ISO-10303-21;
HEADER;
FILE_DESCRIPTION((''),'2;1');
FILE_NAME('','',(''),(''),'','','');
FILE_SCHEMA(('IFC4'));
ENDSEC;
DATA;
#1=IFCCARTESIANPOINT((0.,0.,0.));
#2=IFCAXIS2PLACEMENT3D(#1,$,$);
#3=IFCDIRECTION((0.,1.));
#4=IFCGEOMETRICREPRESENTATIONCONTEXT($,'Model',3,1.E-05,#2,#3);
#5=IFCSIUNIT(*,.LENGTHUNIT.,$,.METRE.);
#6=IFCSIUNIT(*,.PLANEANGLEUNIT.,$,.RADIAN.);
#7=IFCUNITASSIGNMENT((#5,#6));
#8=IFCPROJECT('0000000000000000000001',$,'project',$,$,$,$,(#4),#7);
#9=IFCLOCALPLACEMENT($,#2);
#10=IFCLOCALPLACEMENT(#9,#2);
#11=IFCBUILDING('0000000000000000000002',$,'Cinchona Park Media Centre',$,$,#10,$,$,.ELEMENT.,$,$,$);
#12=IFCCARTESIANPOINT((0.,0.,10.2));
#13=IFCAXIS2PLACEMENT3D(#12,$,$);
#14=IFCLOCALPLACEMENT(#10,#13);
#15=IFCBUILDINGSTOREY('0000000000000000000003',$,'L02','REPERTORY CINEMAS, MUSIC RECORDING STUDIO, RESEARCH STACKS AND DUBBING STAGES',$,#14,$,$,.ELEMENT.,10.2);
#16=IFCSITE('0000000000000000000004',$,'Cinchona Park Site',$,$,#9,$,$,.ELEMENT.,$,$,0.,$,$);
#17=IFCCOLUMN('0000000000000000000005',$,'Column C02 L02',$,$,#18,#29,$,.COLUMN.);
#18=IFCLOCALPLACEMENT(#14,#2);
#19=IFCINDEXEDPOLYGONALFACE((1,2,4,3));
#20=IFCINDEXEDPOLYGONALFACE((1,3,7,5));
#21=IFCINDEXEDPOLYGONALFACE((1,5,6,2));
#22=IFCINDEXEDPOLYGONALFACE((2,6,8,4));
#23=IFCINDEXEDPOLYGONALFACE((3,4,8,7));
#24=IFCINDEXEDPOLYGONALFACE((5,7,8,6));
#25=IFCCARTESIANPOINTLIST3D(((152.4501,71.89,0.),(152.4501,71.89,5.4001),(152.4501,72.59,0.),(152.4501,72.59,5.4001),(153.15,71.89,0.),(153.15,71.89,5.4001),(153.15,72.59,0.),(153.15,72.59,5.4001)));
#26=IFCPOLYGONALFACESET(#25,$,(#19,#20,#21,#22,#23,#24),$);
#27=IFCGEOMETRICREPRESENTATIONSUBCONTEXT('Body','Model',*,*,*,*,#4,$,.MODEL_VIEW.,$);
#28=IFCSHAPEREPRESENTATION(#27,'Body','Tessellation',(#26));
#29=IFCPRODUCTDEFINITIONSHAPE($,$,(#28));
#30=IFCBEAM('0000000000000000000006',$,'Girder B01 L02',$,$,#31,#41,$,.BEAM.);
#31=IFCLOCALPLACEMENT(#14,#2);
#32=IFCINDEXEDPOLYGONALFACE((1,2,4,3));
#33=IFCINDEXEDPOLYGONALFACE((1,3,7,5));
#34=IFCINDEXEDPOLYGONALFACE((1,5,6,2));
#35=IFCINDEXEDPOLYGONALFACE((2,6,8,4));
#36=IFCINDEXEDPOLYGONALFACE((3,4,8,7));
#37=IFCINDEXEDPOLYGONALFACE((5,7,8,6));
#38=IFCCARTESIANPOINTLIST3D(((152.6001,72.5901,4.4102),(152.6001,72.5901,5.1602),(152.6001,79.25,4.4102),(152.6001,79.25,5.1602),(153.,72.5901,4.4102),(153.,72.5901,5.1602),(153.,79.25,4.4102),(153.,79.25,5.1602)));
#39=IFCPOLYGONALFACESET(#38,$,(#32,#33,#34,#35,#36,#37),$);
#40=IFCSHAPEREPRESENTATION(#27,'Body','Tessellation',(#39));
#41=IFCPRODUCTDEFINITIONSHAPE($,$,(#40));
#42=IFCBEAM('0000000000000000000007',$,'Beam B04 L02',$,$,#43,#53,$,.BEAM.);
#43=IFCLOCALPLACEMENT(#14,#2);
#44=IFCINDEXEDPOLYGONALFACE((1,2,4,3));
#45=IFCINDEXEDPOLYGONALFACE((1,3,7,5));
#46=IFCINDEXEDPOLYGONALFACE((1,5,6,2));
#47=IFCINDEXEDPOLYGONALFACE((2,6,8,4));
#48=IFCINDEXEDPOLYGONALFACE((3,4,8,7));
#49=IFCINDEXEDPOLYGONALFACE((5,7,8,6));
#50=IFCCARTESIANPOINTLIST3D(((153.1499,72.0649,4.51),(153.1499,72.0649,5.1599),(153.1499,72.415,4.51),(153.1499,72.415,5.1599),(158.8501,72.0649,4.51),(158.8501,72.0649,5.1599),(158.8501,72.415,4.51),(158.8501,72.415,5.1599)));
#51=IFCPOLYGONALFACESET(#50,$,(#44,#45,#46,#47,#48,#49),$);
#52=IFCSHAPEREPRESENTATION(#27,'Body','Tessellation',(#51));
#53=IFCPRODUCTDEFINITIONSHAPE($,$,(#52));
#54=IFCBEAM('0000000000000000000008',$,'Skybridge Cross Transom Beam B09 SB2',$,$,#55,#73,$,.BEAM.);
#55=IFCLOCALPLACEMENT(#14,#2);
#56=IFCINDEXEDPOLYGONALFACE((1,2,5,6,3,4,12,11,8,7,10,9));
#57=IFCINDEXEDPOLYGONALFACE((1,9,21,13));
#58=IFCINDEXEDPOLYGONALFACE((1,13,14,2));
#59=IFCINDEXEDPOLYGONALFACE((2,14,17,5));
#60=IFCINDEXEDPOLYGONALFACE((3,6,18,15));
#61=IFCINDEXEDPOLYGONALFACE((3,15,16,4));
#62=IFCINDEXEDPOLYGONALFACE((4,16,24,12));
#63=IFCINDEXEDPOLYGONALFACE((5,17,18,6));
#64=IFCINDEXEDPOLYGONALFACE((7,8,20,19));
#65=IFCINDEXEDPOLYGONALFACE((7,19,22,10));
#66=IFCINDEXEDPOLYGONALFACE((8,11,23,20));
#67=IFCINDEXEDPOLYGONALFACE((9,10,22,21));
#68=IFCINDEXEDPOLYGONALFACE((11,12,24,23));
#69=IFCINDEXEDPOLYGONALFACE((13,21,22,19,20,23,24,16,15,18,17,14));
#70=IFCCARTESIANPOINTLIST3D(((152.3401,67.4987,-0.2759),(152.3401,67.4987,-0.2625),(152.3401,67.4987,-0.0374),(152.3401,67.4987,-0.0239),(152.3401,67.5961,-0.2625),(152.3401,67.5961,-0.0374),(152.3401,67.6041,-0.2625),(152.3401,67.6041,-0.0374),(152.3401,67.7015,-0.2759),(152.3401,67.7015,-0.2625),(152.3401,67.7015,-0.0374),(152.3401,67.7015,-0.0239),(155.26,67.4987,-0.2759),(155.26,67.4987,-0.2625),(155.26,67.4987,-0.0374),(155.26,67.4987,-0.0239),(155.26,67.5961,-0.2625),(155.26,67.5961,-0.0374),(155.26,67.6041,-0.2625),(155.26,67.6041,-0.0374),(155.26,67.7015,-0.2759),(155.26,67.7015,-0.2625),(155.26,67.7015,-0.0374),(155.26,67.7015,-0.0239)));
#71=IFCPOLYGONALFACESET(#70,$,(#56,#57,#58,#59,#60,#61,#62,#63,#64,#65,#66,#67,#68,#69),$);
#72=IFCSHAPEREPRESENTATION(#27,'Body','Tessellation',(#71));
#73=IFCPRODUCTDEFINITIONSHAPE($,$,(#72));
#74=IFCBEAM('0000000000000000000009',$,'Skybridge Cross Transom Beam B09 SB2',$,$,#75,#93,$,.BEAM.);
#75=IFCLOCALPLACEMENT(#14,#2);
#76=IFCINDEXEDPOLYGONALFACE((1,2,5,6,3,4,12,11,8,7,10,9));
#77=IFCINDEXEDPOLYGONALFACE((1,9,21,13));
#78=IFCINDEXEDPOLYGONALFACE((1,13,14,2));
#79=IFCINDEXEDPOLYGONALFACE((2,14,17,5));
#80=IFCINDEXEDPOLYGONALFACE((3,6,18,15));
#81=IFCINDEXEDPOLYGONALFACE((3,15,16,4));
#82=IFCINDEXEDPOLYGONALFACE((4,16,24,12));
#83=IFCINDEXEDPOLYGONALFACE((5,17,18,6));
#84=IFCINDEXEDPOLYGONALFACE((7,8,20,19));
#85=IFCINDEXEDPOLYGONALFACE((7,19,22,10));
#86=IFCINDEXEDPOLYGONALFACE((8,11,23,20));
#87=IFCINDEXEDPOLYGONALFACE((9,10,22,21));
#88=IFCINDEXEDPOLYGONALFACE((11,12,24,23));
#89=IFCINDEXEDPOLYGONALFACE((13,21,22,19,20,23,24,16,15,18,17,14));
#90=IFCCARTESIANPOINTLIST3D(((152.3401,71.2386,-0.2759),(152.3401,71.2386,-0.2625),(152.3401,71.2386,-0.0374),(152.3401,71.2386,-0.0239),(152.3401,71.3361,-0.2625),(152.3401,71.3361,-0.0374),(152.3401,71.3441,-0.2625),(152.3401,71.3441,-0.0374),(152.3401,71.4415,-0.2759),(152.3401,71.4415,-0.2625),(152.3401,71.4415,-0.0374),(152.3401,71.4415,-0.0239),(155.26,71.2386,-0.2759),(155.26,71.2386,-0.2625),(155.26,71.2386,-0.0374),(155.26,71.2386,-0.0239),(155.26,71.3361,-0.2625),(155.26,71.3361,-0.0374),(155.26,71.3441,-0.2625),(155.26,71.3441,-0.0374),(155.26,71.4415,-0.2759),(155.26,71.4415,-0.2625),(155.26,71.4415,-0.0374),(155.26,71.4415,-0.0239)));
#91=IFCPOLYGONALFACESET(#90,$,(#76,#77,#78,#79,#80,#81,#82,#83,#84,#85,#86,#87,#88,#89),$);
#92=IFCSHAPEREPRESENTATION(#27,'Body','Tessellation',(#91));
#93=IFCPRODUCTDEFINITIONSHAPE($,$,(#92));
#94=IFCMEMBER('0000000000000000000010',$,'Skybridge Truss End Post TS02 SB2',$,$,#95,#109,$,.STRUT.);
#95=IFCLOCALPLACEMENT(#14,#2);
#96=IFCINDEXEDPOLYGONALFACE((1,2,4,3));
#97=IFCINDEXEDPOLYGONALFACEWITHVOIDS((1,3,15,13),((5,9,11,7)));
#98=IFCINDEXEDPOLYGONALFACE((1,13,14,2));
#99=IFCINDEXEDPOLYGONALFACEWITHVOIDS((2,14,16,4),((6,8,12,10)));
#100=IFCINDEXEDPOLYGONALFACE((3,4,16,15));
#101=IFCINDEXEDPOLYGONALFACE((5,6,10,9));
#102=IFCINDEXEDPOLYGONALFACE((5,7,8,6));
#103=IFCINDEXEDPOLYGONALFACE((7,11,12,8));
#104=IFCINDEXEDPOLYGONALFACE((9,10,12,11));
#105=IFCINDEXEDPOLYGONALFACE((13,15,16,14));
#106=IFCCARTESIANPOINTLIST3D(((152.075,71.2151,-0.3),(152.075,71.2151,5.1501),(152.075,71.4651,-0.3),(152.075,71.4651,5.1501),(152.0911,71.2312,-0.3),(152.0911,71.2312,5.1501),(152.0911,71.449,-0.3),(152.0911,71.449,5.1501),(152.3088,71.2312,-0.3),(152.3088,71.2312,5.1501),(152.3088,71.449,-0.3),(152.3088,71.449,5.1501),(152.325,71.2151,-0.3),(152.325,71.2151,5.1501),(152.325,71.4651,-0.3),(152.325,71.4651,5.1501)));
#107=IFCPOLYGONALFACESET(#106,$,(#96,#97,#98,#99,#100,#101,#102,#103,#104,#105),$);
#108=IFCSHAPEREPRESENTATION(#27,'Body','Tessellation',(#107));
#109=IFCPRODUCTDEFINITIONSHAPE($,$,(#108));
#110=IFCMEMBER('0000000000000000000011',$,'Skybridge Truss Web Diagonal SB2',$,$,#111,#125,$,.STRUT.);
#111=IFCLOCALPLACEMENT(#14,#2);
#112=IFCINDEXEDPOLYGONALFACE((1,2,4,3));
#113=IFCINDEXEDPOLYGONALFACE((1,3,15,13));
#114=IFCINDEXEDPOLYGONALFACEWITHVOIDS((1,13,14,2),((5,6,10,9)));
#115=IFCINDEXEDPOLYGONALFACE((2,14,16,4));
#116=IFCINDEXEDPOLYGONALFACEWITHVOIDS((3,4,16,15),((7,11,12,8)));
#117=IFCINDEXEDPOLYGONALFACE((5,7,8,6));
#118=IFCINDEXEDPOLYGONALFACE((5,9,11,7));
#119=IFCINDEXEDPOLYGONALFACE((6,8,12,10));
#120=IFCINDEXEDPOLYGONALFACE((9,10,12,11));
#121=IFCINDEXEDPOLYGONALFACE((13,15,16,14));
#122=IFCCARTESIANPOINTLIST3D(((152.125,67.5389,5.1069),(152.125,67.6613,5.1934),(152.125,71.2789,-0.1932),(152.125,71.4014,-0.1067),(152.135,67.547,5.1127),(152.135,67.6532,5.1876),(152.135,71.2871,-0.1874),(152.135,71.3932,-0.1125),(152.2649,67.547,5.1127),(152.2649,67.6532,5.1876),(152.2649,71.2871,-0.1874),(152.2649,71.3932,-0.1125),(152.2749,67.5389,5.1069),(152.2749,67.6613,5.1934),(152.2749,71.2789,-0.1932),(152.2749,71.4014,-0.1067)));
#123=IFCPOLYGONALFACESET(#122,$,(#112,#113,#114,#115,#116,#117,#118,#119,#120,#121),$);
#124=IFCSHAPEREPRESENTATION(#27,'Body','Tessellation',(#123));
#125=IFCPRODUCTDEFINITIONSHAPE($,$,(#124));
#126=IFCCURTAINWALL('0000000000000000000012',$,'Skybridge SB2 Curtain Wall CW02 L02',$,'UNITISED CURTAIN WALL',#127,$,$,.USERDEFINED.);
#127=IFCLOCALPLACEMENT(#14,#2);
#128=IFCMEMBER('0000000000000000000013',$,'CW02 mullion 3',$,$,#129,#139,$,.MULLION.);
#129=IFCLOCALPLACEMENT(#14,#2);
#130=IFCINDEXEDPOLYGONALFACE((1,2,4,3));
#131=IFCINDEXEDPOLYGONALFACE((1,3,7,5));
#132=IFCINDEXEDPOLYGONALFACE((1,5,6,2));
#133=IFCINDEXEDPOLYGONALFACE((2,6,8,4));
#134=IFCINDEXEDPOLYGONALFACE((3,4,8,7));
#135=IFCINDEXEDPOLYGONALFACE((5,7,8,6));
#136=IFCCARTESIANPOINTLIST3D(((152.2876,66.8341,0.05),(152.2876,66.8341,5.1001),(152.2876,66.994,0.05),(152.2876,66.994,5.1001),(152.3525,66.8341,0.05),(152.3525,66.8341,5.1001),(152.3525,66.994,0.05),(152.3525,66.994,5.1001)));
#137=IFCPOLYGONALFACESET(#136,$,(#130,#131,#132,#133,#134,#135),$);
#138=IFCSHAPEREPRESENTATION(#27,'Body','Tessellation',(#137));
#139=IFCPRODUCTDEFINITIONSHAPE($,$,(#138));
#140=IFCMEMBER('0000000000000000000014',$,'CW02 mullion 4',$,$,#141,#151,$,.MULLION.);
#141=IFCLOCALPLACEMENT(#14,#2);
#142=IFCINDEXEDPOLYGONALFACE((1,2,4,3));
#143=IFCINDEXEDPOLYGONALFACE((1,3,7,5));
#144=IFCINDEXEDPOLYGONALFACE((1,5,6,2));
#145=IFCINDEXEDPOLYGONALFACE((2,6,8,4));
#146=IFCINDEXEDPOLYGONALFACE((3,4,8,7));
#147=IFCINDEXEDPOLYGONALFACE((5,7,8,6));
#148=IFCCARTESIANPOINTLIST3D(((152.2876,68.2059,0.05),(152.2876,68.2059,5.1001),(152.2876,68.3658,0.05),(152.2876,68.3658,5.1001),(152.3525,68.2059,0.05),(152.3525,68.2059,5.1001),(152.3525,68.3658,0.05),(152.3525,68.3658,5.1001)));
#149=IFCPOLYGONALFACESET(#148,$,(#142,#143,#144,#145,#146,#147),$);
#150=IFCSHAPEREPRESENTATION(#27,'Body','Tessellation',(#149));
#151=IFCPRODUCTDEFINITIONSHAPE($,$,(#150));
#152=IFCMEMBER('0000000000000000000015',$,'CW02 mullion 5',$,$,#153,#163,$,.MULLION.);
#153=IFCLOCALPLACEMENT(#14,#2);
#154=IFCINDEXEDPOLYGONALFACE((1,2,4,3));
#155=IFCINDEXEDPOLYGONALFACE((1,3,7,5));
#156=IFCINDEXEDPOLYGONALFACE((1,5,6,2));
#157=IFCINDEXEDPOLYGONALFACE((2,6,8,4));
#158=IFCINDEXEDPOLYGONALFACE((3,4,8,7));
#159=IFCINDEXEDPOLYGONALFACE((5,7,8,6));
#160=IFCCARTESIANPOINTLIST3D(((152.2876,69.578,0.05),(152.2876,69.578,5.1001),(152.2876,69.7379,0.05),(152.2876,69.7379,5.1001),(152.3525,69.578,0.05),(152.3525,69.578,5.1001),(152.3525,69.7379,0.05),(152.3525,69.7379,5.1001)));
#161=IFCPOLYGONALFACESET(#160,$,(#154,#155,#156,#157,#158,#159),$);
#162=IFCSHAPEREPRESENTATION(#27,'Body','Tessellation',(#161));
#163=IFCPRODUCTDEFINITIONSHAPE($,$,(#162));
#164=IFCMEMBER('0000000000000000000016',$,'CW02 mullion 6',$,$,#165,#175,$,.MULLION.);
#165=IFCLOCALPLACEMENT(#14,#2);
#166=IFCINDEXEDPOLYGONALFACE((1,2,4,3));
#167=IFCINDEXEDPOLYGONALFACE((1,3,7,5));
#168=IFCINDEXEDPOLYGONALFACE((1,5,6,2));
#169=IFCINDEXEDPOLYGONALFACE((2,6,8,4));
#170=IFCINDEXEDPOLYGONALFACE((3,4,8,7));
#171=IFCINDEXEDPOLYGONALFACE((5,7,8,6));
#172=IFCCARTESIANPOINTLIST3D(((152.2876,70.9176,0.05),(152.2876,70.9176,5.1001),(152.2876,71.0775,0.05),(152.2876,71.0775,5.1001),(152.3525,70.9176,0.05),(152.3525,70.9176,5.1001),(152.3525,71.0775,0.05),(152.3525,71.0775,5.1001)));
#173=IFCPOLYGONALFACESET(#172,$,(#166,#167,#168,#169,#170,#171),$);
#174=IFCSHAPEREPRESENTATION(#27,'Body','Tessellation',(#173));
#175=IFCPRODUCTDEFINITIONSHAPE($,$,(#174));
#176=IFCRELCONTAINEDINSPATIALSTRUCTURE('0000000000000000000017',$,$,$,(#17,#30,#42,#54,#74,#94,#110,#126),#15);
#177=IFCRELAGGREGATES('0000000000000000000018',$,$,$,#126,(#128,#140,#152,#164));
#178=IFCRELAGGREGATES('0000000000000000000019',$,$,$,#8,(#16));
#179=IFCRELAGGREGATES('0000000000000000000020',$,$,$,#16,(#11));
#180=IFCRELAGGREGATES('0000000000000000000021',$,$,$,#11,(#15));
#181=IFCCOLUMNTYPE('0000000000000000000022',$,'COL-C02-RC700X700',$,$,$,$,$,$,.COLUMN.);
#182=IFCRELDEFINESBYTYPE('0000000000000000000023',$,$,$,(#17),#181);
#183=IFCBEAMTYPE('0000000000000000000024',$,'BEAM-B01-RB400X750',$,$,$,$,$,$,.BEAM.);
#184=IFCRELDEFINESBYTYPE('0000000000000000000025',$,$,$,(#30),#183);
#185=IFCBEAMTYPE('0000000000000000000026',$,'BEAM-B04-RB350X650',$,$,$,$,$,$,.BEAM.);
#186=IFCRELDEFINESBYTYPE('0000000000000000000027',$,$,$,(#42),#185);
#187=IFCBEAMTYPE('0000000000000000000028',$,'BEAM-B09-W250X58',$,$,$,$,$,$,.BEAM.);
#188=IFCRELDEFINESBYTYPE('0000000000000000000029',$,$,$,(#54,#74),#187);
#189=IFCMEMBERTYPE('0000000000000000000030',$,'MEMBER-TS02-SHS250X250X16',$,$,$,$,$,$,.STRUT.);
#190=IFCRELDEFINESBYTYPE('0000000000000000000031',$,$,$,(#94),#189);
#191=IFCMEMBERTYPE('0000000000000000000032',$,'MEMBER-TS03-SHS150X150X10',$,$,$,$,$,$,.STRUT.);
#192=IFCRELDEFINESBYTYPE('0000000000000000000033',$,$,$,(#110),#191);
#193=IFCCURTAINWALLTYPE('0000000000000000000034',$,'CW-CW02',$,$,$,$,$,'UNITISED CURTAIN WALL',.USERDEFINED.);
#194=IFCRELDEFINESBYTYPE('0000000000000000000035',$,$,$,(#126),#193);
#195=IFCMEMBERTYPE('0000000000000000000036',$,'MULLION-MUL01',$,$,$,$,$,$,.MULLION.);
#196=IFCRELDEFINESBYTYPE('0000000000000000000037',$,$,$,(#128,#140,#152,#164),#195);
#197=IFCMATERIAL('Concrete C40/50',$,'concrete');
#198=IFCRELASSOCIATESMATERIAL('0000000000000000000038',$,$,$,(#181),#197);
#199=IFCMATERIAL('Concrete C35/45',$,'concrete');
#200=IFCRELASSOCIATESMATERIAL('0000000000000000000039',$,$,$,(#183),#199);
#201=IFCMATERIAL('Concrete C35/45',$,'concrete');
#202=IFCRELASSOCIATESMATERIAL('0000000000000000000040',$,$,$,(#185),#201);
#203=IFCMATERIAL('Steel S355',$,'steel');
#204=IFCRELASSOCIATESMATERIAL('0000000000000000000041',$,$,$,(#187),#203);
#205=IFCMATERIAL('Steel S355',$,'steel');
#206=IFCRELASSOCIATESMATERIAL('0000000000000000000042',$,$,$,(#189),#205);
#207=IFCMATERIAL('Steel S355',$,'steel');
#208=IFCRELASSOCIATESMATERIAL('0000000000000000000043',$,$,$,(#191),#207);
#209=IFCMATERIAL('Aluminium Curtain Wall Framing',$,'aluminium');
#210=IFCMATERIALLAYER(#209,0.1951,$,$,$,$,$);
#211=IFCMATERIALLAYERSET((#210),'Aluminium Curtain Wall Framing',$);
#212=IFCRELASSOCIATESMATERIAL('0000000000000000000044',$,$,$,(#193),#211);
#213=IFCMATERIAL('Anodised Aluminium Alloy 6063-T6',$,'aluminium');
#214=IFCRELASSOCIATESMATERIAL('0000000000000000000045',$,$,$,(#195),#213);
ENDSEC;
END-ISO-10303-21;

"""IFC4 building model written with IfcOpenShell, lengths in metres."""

from ifc_helpers import new_model, si_unit, direction, frame, origin, origin_2d, place, context, subcontext, project, spatial, rectangle, hollow_rectangle, i_section, extrude, material, layer, layer_set, material_profile, profile_set, type_object, element, aggregate, save


model = new_model("IFC4")

# Units and contexts
model_context = context("Model", 3, precision=1e-05, world=origin(), true_north=direction((0.0, 1.0)))
body_context = subcontext(model_context, "Body", "Model", "MODEL_VIEW")
ifc_project = project(units=[si_unit("LENGTHUNIT", "METRE"), si_unit("PLANEANGLEUNIT", "RADIAN")], contexts=[model_context])

# Site, building, storey
site_placement = place(None, origin())
site = spatial("IfcSite", under=ifc_project, at=site_placement, Name="Cinchona Park Site", CompositionType="ELEMENT", RefElevation=0.0)
building_placement = place(site_placement, origin())
building = spatial("IfcBuilding", under=site, at=building_placement, Name="Cinchona Park Media Centre", CompositionType="ELEMENT")
storey_placement = place(building_placement, frame((0.0, 0.0, 10.2)))
storey = spatial("IfcBuildingStorey", under=building, at=storey_placement, Name="L02", Description="REPERTORY CINEMAS, MUSIC RECORDING STUDIO, RESEARCH STACKS AND DUBBING STAGES", CompositionType="ELEMENT", Elevation=10.2)

# Column
ifc_material_1 = material(Name="Concrete C40/50", Category="concrete")
ifc_material_profile_1 = material_profile(ifc_material_1, rectangle(XDim=0.7, YDim=0.7, at=origin_2d()), Name="RC 700X700")
ifc_profile_set_1 = profile_set([ifc_material_profile_1], Name="Concrete C40/50")
column_type = type_object("IfcColumnType", Name="COL-C02-RC700X700", PredefinedType="COLUMN", material=ifc_profile_set_1)
column_placement = place(storey_placement, frame((152.8, 72.24, 0.0), z_axis=(0.0, 0.0, 1.0), x_axis=(1.0, 0.0, 0.0)))
element("IfcColumn", 1, at=column_placement, inside=storey, type_object=column_type, Name="Column C02 L02", PredefinedType="COLUMN", context=body_context, shape_type="SweptSolid", body=[
    extrude(rectangle(XDim=0.7, YDim=0.7, at=origin_2d()), origin(), (0.0, 0.0, 1.0), 5.4001),
])

# Beams
ifc_material_2 = material(Name="Concrete C35/45", Category="concrete")
ifc_material_profile_2 = material_profile(ifc_material_2, rectangle(XDim=0.3999, YDim=0.75, at=origin_2d()), Name="RB 400X750")
ifc_profile_set_2 = profile_set([ifc_material_profile_2], Name="Concrete C35/45")
beam_type_1 = type_object("IfcBeamType", Name="BEAM-B01-RB400X750", PredefinedType="BEAM", material=ifc_profile_set_2)
beam_1_placement = place(storey_placement, frame((152.8, 72.5901, 4.7852), z_axis=(0.0, 1.0, 0.0), x_axis=(-1.0, 0.0, 0.0)))
element("IfcBeam", 2, at=beam_1_placement, inside=storey, type_object=beam_type_1, Name="Girder B01 L02", PredefinedType="BEAM", context=body_context, shape_type="SweptSolid", body=[
    extrude(rectangle(XDim=0.3999, YDim=0.75, at=origin_2d()), origin(), (0.0, 0.0, 1.0), 6.6599),
])
ifc_material_3 = material(Name="Concrete C35/45", Category="concrete")
ifc_material_profile_3 = material_profile(ifc_material_3, rectangle(XDim=0.3501, YDim=0.6499, at=origin_2d()), Name="RB 350X650")
ifc_profile_set_3 = profile_set([ifc_material_profile_3], Name="Concrete C35/45")
beam_type_2 = type_object("IfcBeamType", Name="BEAM-B04-RB350X650", PredefinedType="BEAM", material=ifc_profile_set_3)
beam_2_placement = place(storey_placement, frame((153.1499, 72.24, 4.835), z_axis=(1.0, 0.0, 0.0), x_axis=(0.0, 1.0, 0.0)))
element("IfcBeam", 3, at=beam_2_placement, inside=storey, type_object=beam_type_2, Name="Beam B04 L02", PredefinedType="BEAM", context=body_context, shape_type="SweptSolid", body=[
    extrude(rectangle(XDim=0.3501, YDim=0.6499, at=origin_2d()), origin(), (0.0, 0.0, 1.0), 5.7002),
])
ifc_material_4 = material(Name="Steel S355", Category="steel")
ifc_material_profile_4 = material_profile(ifc_material_4, i_section(OverallWidth=0.2029, OverallDepth=0.252, WebThickness=0.0081, FlangeThickness=0.0134, at=origin_2d()), Name="W250X58")
ifc_profile_set_4 = profile_set([ifc_material_profile_4], Name="Steel S355")
beam_type_3 = type_object("IfcBeamType", Name="BEAM-B09-W250X58", PredefinedType="BEAM", material=ifc_profile_set_4)
for number, where, z_axis, x_axis, name in (
    (4, (152.3401, 67.6001, -0.1499), (1.0, 0.0, 0.0), (0.0, 1.0, 0.0), "Skybridge Cross Transom Beam B09 SB2"),
    (5, (152.3401, 71.3401, -0.1499), (1.0, 0.0, 0.0), (0.0, 1.0, 0.0), "Skybridge Cross Transom Beam B09 SB2"),
):
    element("IfcBeam", number, at=place(storey_placement, frame(where, z_axis=z_axis, x_axis=x_axis)), inside=storey, type_object=beam_type_3, Name=name, PredefinedType="BEAM", context=body_context, shape_type="SweptSolid", body=[
        extrude(i_section(OverallWidth=0.2029, OverallDepth=0.252, WebThickness=0.0081, FlangeThickness=0.0134, at=origin_2d()), origin(), (0.0, 0.0, 1.0), 2.9199),
    ])

# Members
ifc_material_5 = material(Name="Steel S355", Category="steel")
ifc_material_profile_5 = material_profile(ifc_material_5, hollow_rectangle(XDim=0.25, YDim=0.25, WallThickness=0.0161, at=origin_2d()), Name="250X250X16SHS")
ifc_profile_set_5 = profile_set([ifc_material_profile_5], Name="Steel S355")
member_type_1 = type_object("IfcMemberType", Name="MEMBER-TS02-SHS250X250X16", PredefinedType="STRUT", material=ifc_profile_set_5)
member_1_placement = place(storey_placement, frame((152.2, 71.3401, -0.3), z_axis=(0.0, 0.0, 1.0), x_axis=(1.0, 0.0, 0.0)))
element("IfcMember", 6, at=member_1_placement, inside=storey, type_object=member_type_1, Name="Skybridge Truss End Post TS02 SB2", PredefinedType="STRUT", context=body_context, shape_type="SweptSolid", body=[
    extrude(hollow_rectangle(XDim=0.25, YDim=0.25, WallThickness=0.0161, at=origin_2d()), origin(), (0.0, 0.0, 1.0), 5.4502),
])
ifc_material_6 = material(Name="Steel S355", Category="steel")
ifc_material_profile_6 = material_profile(ifc_material_6, hollow_rectangle(XDim=0.1499, YDim=0.1499, WallThickness=0.01, at=origin_2d()), Name="150X150X10SHS")
ifc_profile_set_6 = profile_set([ifc_material_profile_6], Name="Steel S355")
member_type_2 = type_object("IfcMemberType", Name="MEMBER-TS03-SHS150X150X10", PredefinedType="STRUT", material=ifc_profile_set_6)
member_2_placement = place(storey_placement, frame((152.2, 67.6001, 5.1501), z_axis=(0.0, 0.576558, -0.817057), x_axis=(-1.0, 0.0, 0.0)))
element("IfcMember", 7, at=member_2_placement, inside=storey, type_object=member_type_2, Name="Skybridge Truss Web Diagonal SB2", PredefinedType="STRUT", context=body_context, shape_type="SweptSolid", body=[
    extrude(hollow_rectangle(XDim=0.1499, YDim=0.1499, WallThickness=0.01, at=origin_2d()), origin(), (0.0, 0.0, 1.0), 6.4868),
])

# Curtain wall, members
ifc_material_7 = material(Name="Aluminium Curtain Wall Framing", Category="aluminium")
ifc_layer_1 = layer(ifc_material_7, 0.1951)
ifc_layer_set_1 = layer_set([ifc_layer_1], Name="Aluminium Curtain Wall Framing")
curtain_wall_type = type_object("IfcCurtainWallType", Name="CW-CW02", ElementType="UNITISED CURTAIN WALL", PredefinedType="USERDEFINED", material=ifc_layer_set_1)
curtain_wall_1_placement = place(storey_placement, origin())
curtain_wall_1 = element("IfcCurtainWall", 8, at=curtain_wall_1_placement, inside=storey, type_object=curtain_wall_type, Name="Skybridge SB2 Curtain Wall CW02 L02", ObjectType="UNITISED CURTAIN WALL", PredefinedType="USERDEFINED")
ifc_material_8 = material(Name="Anodised Aluminium Alloy 6063-T6", Category="aluminium")
ifc_material_profile_7 = material_profile(ifc_material_8, rectangle(XDim=0.0649, YDim=0.1599, at=origin_2d()), Name="MUL-65X160")
ifc_profile_set_7 = profile_set([ifc_material_profile_7], Name="Anodised Aluminium Alloy 6063-T6")
member_type_3 = type_object("IfcMemberType", Name="MULLION-MUL01", PredefinedType="MULLION", material=ifc_profile_set_7)
member_3_placement = place(storey_placement, frame((152.3201, 66.9141, 0.05), z_axis=(0.0, 0.0, 1.0), x_axis=(-1.0, 0.0, 0.0)))
member_3 = element("IfcMember", 9, at=member_3_placement, type_object=member_type_3, Name="CW02 mullion 3", PredefinedType="MULLION", context=body_context, shape_type="SweptSolid", body=[
    extrude(rectangle(XDim=0.0649, YDim=0.1599, at=origin_2d()), origin(), (0.0, 0.0, 1.0), 5.05),
])
member_4_placement = place(storey_placement, frame((152.3201, 68.2859, 0.05), z_axis=(0.0, 0.0, 1.0), x_axis=(-1.0, 0.0, 0.0)))
member_4 = element("IfcMember", 10, at=member_4_placement, type_object=member_type_3, Name="CW02 mullion 4", PredefinedType="MULLION", context=body_context, shape_type="SweptSolid", body=[
    extrude(rectangle(XDim=0.0649, YDim=0.1599, at=origin_2d()), origin(), (0.0, 0.0, 1.0), 5.05),
])
member_5_placement = place(storey_placement, frame((152.3201, 69.658, 0.05), z_axis=(0.0, 0.0, 1.0), x_axis=(-1.0, 0.0, 0.0)))
member_5 = element("IfcMember", 11, at=member_5_placement, type_object=member_type_3, Name="CW02 mullion 5", PredefinedType="MULLION", context=body_context, shape_type="SweptSolid", body=[
    extrude(rectangle(XDim=0.0649, YDim=0.1599, at=origin_2d()), origin(), (0.0, 0.0, 1.0), 5.05),
])
member_6_placement = place(storey_placement, frame((152.3201, 70.9976, 0.05), z_axis=(0.0, 0.0, 1.0), x_axis=(-1.0, 0.0, 0.0)))
member_6 = element("IfcMember", 12, at=member_6_placement, type_object=member_type_3, Name="CW02 mullion 6", PredefinedType="MULLION", context=body_context, shape_type="SweptSolid", body=[
    extrude(rectangle(XDim=0.0649, YDim=0.1599, at=origin_2d()), origin(), (0.0, 0.0, 1.0), 5.05),
])

aggregate(curtain_wall_1, [member_3, member_4, member_5, member_6])

save(model, "model.ifc")
